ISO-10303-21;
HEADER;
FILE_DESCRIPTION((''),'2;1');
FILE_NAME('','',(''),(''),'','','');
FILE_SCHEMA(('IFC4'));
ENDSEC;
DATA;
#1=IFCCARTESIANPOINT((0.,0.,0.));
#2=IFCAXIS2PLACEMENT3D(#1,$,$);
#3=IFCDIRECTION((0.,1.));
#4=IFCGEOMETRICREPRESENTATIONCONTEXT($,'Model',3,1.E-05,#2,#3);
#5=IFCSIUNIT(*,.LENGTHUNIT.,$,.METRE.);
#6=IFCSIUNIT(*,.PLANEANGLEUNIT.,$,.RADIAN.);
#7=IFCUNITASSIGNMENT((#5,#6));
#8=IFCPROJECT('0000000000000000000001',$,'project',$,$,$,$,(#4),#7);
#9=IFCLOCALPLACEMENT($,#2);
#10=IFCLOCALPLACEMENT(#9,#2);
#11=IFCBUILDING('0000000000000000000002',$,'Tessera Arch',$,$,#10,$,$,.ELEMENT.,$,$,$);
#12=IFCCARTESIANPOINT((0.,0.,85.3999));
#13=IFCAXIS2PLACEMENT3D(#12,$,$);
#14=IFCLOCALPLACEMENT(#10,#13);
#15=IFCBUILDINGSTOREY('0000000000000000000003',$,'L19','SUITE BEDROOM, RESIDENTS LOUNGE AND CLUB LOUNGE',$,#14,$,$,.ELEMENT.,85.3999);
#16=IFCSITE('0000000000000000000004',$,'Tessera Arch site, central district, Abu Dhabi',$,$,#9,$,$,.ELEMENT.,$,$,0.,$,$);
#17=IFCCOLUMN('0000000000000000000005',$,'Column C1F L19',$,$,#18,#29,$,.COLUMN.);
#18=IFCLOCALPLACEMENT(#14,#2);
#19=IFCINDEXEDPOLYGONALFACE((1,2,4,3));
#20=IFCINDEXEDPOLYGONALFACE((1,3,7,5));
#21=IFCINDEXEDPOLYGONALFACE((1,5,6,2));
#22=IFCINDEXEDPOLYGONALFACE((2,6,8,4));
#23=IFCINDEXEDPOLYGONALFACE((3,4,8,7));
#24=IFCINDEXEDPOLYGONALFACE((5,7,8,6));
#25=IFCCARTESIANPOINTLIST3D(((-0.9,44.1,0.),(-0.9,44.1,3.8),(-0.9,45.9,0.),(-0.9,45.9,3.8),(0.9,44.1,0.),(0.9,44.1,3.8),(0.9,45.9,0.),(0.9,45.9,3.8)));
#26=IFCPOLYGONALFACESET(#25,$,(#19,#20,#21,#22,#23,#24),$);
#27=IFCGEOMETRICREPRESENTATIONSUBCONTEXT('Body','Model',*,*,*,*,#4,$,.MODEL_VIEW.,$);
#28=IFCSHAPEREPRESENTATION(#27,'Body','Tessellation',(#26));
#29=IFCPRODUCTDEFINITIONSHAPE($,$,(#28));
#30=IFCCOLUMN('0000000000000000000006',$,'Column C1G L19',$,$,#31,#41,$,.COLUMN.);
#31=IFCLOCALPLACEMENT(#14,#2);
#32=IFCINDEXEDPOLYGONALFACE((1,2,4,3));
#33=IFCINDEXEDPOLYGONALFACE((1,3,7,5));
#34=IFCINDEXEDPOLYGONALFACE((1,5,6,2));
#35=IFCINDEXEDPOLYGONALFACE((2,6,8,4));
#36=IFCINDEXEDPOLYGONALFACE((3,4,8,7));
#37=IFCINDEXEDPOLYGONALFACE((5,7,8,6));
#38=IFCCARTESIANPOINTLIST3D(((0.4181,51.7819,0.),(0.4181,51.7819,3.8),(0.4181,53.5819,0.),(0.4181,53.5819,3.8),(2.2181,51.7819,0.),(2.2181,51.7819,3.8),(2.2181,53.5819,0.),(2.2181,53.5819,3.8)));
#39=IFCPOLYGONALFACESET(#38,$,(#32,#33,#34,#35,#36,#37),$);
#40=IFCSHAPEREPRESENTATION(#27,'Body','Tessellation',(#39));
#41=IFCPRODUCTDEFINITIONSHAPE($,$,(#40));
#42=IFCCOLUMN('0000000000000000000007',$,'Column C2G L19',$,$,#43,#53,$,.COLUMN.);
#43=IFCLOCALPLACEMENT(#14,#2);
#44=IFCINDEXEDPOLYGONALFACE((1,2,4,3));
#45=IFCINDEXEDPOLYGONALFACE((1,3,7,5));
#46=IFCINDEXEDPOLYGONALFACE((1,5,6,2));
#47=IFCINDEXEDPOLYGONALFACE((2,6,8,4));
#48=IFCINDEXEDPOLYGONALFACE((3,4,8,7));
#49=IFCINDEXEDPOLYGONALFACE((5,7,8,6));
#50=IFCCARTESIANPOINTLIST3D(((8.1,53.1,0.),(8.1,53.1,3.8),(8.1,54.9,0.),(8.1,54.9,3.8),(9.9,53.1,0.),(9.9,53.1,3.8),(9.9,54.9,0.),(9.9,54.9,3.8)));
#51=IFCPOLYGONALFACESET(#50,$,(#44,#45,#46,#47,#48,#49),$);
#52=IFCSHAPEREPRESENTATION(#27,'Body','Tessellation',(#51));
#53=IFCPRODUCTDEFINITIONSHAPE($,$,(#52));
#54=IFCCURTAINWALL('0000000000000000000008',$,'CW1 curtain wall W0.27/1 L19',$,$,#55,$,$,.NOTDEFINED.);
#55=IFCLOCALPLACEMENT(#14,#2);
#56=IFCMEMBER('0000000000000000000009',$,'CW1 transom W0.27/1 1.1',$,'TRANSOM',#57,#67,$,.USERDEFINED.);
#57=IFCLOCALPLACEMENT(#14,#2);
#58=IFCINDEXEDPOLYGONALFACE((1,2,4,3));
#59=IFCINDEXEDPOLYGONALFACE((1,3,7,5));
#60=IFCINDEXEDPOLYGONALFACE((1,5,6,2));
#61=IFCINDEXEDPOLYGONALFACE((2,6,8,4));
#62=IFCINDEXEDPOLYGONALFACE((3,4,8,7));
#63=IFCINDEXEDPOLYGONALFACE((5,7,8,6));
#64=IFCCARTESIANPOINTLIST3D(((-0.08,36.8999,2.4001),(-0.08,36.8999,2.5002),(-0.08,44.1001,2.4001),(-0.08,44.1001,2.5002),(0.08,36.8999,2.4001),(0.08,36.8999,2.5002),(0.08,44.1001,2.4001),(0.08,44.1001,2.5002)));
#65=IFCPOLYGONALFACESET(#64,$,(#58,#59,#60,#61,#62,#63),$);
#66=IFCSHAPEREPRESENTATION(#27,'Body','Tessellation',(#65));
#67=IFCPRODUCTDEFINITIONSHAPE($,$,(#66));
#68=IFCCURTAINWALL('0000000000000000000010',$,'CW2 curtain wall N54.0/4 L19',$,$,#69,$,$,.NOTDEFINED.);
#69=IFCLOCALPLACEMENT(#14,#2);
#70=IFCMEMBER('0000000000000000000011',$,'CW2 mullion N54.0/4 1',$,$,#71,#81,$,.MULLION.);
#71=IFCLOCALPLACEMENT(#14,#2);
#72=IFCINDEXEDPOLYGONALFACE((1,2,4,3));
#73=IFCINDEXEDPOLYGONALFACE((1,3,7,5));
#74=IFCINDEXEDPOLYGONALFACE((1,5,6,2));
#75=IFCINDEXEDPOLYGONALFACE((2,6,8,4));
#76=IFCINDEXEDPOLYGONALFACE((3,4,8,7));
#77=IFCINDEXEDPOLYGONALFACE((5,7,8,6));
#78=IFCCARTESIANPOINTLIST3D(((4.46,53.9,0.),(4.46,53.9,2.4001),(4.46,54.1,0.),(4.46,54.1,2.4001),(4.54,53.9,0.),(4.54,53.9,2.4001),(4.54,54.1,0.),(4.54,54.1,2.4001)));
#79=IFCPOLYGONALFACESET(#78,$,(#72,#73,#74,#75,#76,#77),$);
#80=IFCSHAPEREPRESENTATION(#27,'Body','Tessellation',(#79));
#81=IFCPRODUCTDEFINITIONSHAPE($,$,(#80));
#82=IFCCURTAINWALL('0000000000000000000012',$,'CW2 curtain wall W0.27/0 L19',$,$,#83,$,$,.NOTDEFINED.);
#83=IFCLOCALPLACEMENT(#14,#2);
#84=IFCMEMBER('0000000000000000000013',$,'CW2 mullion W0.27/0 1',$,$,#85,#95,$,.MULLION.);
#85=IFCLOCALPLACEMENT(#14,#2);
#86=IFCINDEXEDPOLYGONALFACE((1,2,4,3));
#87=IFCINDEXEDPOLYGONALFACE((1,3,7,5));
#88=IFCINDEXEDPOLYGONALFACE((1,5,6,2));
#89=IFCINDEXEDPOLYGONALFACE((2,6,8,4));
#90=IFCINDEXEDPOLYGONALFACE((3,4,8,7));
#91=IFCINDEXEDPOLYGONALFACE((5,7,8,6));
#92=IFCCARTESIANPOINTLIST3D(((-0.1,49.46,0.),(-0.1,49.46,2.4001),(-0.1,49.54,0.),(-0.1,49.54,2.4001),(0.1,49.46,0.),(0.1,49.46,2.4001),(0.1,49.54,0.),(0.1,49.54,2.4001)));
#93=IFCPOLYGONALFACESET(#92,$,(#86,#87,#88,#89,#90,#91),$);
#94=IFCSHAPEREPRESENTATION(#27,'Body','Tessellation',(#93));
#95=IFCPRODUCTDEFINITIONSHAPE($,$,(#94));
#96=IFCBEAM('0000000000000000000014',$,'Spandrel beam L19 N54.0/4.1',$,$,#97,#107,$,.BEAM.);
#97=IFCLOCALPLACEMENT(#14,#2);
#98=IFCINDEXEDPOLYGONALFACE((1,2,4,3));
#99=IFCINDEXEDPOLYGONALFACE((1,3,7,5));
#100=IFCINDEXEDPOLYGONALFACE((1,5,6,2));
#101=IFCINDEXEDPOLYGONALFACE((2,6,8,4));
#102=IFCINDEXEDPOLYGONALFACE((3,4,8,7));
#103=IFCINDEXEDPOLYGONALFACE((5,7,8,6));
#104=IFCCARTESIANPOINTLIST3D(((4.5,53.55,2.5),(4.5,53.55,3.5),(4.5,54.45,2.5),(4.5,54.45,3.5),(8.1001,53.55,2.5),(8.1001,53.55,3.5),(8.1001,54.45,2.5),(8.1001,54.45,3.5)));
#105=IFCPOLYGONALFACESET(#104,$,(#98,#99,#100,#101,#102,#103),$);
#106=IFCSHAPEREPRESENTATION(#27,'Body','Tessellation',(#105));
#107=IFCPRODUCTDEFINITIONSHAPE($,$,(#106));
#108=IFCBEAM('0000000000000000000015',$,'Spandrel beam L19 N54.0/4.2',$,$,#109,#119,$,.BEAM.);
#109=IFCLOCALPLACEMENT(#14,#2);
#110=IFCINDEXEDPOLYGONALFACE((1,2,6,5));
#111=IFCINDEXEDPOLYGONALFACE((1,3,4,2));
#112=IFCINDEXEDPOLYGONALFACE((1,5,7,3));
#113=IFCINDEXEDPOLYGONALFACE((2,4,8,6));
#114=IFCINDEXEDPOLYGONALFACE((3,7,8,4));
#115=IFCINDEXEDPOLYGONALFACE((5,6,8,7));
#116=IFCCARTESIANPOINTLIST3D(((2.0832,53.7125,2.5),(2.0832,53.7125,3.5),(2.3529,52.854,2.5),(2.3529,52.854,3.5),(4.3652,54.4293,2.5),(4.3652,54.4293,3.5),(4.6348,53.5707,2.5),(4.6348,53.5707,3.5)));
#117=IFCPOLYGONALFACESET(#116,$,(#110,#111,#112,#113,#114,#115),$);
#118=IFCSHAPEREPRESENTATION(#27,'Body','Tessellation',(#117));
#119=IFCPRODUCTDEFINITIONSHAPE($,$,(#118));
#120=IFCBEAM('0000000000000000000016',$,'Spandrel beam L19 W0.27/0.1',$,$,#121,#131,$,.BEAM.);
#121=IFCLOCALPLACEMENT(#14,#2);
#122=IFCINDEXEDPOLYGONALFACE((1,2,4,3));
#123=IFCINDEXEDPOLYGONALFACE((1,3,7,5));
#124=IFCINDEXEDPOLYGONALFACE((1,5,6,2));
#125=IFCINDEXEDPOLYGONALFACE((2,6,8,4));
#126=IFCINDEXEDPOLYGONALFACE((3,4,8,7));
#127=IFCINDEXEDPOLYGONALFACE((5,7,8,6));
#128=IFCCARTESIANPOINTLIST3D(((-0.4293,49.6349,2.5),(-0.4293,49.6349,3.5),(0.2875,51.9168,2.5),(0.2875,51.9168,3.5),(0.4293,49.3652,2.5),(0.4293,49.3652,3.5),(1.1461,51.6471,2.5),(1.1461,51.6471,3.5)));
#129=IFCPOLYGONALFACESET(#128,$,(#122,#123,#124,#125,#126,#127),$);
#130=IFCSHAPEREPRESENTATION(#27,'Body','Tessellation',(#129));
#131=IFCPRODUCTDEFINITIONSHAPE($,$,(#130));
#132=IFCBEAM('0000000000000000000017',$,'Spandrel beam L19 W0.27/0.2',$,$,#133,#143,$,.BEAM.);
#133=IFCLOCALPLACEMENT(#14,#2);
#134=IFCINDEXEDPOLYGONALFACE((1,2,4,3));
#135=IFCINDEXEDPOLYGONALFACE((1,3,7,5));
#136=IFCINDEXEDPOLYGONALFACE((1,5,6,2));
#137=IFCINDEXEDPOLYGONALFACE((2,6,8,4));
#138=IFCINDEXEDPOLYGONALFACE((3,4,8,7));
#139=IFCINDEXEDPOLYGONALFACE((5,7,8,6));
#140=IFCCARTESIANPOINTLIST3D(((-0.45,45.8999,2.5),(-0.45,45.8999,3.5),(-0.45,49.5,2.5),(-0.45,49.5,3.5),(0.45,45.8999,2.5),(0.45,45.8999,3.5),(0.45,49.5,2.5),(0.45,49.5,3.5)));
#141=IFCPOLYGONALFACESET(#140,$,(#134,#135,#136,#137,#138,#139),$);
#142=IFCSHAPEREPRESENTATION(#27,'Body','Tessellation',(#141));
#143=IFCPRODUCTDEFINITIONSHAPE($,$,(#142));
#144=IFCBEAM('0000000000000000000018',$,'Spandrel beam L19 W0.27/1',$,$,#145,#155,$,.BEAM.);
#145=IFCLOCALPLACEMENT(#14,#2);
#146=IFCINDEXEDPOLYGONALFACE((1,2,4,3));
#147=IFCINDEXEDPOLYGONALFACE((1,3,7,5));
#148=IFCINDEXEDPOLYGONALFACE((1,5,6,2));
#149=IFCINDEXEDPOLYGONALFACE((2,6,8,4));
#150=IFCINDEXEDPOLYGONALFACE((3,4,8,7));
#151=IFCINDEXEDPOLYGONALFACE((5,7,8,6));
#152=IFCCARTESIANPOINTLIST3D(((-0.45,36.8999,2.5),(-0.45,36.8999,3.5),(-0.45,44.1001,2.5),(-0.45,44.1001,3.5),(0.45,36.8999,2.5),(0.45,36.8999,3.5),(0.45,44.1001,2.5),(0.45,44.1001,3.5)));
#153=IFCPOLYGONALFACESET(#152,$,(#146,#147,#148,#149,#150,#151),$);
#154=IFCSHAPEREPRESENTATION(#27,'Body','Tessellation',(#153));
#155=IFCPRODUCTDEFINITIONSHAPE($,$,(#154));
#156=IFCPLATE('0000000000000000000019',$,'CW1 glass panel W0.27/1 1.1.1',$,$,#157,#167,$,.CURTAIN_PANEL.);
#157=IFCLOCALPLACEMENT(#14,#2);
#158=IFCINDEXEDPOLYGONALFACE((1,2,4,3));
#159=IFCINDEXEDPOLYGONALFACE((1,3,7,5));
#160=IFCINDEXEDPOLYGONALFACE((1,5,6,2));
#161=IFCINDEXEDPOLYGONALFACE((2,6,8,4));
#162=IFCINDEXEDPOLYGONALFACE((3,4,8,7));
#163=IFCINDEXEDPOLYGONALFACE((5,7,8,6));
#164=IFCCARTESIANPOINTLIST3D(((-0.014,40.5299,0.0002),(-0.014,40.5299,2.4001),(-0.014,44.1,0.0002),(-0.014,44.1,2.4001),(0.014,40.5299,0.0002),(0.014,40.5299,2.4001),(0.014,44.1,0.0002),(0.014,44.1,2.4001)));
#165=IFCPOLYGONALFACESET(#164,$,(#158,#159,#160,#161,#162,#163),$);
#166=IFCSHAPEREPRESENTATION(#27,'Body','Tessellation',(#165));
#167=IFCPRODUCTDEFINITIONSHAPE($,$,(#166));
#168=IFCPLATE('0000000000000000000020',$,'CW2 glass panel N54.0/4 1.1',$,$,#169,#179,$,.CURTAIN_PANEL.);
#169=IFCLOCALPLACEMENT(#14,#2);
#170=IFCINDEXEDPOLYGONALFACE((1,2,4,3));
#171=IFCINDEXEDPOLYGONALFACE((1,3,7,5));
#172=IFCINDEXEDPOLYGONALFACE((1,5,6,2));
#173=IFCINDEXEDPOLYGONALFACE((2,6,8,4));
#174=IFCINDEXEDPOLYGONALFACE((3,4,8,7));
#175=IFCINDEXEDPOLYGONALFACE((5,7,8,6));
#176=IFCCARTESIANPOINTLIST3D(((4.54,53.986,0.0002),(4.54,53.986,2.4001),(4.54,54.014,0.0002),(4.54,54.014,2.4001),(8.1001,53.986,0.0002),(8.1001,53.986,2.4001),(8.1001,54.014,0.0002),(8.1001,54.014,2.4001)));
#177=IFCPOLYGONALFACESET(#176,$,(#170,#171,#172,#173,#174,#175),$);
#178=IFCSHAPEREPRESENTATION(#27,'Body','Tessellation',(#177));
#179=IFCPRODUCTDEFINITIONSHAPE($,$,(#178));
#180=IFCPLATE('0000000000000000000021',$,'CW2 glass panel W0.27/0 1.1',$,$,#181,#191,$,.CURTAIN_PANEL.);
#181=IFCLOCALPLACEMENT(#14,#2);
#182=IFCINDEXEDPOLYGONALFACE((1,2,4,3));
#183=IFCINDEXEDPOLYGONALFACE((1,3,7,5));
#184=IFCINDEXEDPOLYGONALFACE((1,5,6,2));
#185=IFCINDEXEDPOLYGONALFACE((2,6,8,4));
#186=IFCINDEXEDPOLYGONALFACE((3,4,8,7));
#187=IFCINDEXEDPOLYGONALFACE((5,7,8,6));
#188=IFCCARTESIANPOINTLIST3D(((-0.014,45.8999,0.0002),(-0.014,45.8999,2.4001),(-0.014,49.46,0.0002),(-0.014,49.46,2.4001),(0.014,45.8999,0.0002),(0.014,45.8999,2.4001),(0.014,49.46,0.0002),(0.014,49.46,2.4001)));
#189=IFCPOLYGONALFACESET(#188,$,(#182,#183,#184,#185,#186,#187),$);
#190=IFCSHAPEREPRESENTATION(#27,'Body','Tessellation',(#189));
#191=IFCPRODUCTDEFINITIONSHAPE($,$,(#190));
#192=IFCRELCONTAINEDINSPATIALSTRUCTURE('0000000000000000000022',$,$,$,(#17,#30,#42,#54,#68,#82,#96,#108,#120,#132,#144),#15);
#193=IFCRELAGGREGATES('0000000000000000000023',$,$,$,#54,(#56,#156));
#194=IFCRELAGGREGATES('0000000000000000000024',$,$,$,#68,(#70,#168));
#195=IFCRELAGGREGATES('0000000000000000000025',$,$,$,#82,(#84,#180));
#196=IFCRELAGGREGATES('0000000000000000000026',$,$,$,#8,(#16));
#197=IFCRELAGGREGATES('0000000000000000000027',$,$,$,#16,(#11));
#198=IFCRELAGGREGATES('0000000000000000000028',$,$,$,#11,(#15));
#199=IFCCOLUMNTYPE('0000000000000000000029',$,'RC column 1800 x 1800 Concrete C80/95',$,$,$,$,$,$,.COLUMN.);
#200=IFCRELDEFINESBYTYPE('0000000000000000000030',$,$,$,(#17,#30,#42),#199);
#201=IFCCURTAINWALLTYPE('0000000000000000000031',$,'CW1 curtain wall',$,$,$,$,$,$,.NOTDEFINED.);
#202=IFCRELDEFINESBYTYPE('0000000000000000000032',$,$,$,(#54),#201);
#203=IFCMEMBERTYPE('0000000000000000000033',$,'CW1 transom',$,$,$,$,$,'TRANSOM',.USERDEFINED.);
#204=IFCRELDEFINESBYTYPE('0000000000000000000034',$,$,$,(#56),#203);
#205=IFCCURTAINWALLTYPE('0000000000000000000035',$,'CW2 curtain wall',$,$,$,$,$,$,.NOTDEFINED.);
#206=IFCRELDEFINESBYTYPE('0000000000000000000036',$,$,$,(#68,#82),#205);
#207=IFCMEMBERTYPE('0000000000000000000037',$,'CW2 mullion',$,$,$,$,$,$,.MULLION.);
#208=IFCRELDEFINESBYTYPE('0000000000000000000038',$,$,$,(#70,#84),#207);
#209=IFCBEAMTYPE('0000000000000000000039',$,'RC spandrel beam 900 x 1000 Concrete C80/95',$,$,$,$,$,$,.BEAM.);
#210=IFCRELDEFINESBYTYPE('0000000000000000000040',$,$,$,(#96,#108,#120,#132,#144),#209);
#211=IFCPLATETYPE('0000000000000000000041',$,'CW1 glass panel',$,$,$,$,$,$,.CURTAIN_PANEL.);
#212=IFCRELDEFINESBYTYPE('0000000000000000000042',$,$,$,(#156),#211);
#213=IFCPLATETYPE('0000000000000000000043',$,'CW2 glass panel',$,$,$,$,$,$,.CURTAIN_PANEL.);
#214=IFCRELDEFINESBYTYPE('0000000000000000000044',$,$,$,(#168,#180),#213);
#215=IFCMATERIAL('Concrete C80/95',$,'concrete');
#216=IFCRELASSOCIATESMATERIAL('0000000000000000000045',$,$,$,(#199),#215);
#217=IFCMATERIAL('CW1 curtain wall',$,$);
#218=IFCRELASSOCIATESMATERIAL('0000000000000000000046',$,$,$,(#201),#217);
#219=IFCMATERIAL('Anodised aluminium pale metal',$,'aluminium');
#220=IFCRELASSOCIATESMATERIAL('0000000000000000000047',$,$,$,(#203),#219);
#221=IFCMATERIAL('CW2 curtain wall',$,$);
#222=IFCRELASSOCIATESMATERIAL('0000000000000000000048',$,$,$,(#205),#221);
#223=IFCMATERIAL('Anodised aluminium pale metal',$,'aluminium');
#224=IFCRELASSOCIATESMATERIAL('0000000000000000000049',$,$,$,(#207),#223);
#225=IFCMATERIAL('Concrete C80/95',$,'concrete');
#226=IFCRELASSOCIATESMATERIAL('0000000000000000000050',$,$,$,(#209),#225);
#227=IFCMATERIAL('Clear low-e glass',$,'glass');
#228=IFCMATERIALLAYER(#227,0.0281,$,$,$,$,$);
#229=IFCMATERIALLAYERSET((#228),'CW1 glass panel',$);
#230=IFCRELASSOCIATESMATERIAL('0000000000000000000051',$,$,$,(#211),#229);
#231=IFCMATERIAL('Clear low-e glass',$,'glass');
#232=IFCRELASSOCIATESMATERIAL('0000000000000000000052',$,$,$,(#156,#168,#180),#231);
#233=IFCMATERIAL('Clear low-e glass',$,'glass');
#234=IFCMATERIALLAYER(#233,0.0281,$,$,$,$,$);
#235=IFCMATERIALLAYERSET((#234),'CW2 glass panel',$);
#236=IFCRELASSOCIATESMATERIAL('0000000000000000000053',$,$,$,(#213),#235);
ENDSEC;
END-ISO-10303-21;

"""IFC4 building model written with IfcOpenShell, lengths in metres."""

from ifc_helpers import new_model, si_unit, direction, frame, origin, origin_2d, place, context, subcontext, project, spatial, rectangle, extrude, material, layer, layer_set, material_profile, profile_set, type_object, element, aggregate, save


model = new_model("IFC4")

# Units and contexts
model_context = context("Model", 3, precision=1e-05, world=origin(), true_north=direction((0.0, 1.0)))
body_context = subcontext(model_context, "Body", "Model", "MODEL_VIEW")
ifc_project = project(units=[si_unit("LENGTHUNIT", "METRE"), si_unit("PLANEANGLEUNIT", "RADIAN")], contexts=[model_context])

# Site, building, storey
site_placement = place(None, origin())
site = spatial("IfcSite", under=ifc_project, at=site_placement, Name="Tessera Arch site, central district, Abu Dhabi", CompositionType="ELEMENT", RefElevation=0.0)
building_placement = place(site_placement, origin())
building = spatial("IfcBuilding", under=site, at=building_placement, Name="Tessera Arch", CompositionType="ELEMENT")
storey_placement = place(building_placement, frame((0.0, 0.0, 85.3999)))
storey = spatial("IfcBuildingStorey", under=building, at=storey_placement, Name="L19", Description="SUITE BEDROOM, RESIDENTS LOUNGE AND CLUB LOUNGE", CompositionType="ELEMENT", Elevation=85.3999)

# Columns
ifc_material_1 = material(Name="Concrete C80/95", Category="concrete")
ifc_material_profile_1 = material_profile(ifc_material_1, rectangle(XDim=1.8, YDim=1.8, at=origin_2d()), Name="RC column 1800 x 1800 Concrete C80/95")
ifc_profile_set_1 = profile_set([ifc_material_profile_1], Name="Concrete C80/95")
column_type = type_object("IfcColumnType", Name="RC column 1800 x 1800 Concrete C80/95", PredefinedType="COLUMN", material=ifc_profile_set_1)
for number, where, z_axis, x_axis, name in (
    (1, (0.0, 45.0, 0.0), (0.0, 0.0, 1.0), (1.0, 0.0, 0.0), "Column C1F L19"),
    (2, (1.3181, 52.6819, 0.0), (0.0, 0.0, 1.0), (1.0, 0.0, 0.0), "Column C1G L19"),
    (3, (9.0, 54.0, 0.0), (0.0, 0.0, 1.0), (1.0, 0.0, 0.0), "Column C2G L19"),
):
    element("IfcColumn", number, at=place(storey_placement, frame(where, z_axis=z_axis, x_axis=x_axis)), inside=storey, type_object=column_type, Name=name, PredefinedType="COLUMN", context=body_context, shape_type="SweptSolid", body=[
        extrude(rectangle(XDim=1.8, YDim=1.8, at=origin_2d()), origin(), (0.0, 0.0, 1.0), 3.8),
    ])

# Curtain walls, members
ifc_material_2 = material(Name="CW1 curtain wall")
curtain_wall_type_1 = type_object("IfcCurtainWallType", Name="CW1 curtain wall", PredefinedType="NOTDEFINED", material=ifc_material_2)
curtain_wall_1_placement = place(storey_placement, origin())
curtain_wall_1 = element("IfcCurtainWall", 4, at=curtain_wall_1_placement, inside=storey, type_object=curtain_wall_type_1, Name="CW1 curtain wall W0.27/1 L19", PredefinedType="NOTDEFINED")
ifc_material_3 = material(Name="Anodised aluminium pale metal", Category="aluminium")
ifc_material_profile_2 = material_profile(ifc_material_3, rectangle(XDim=0.1599, YDim=0.1001, at=origin_2d()), Name="AL 160x100")
ifc_profile_set_2 = profile_set([ifc_material_profile_2], Name="Anodised aluminium pale metal")
member_type_1 = type_object("IfcMemberType", Name="CW1 transom", ElementType="TRANSOM", PredefinedType="USERDEFINED", material=ifc_profile_set_2)
member_1_placement = place(storey_placement, frame((0.0, 44.1001, 2.4502), z_axis=(0.0, -1.0, 0.0), x_axis=(1.0, 0.0, 0.0)))
member_1 = element("IfcMember", 5, at=member_1_placement, type_object=member_type_1, Name="CW1 transom W0.27/1 1.1", ObjectType="TRANSOM", PredefinedType="USERDEFINED", context=body_context, shape_type="SweptSolid", body=[
    extrude(rectangle(XDim=0.1599, YDim=0.1001, at=origin_2d()), origin(), (0.0, 0.0, 1.0), 7.2002),
])
ifc_material_4 = material(Name="CW2 curtain wall")
curtain_wall_type_2 = type_object("IfcCurtainWallType", Name="CW2 curtain wall", PredefinedType="NOTDEFINED", material=ifc_material_4)
curtain_wall_2_placement = place(storey_placement, origin())
curtain_wall_2 = element("IfcCurtainWall", 6, at=curtain_wall_2_placement, inside=storey, type_object=curtain_wall_type_2, Name="CW2 curtain wall N54.0/4 L19", PredefinedType="NOTDEFINED")
ifc_material_5 = material(Name="Anodised aluminium pale metal", Category="aluminium")
ifc_material_profile_3 = material_profile(ifc_material_5, rectangle(XDim=0.2, YDim=0.0801, at=origin_2d()), Name="AL 80x200")
ifc_profile_set_3 = profile_set([ifc_material_profile_3], Name="Anodised aluminium pale metal")
member_type_2 = type_object("IfcMemberType", Name="CW2 mullion", PredefinedType="MULLION", material=ifc_profile_set_3)
member_2_placement = place(storey_placement, frame((4.5, 54.0, 0.0), z_axis=(0.0, 0.0, 1.0), x_axis=(0.0, -1.0, 0.0)))
member_2 = element("IfcMember", 7, at=member_2_placement, type_object=member_type_2, Name="CW2 mullion N54.0/4 1", PredefinedType="MULLION", context=body_context, shape_type="SweptSolid", body=[
    extrude(rectangle(XDim=0.2, YDim=0.0801, at=origin_2d()), origin(), (0.0, 0.0, 1.0), 2.4001),
])
curtain_wall_3_placement = place(storey_placement, origin())
curtain_wall_3 = element("IfcCurtainWall", 8, at=curtain_wall_3_placement, inside=storey, type_object=curtain_wall_type_2, Name="CW2 curtain wall W0.27/0 L19", PredefinedType="NOTDEFINED")
member_3_placement = place(storey_placement, frame((0.0, 49.5, 0.0), z_axis=(0.0, 0.0, 1.0), x_axis=(1.0, 0.0, 0.0)))
member_3 = element("IfcMember", 9, at=member_3_placement, type_object=member_type_2, Name="CW2 mullion W0.27/0 1", PredefinedType="MULLION", context=body_context, shape_type="SweptSolid", body=[
    extrude(rectangle(XDim=0.2, YDim=0.0801, at=origin_2d()), origin(), (0.0, 0.0, 1.0), 2.4001),
])

# Beams
ifc_material_6 = material(Name="Concrete C80/95", Category="concrete")
ifc_material_profile_4 = material_profile(ifc_material_6, rectangle(XDim=0.8999, YDim=1.0, at=origin_2d()), Name="RC spandrel beam 900 x 1000 Concrete C80/95")
ifc_profile_set_4 = profile_set([ifc_material_profile_4], Name="Concrete C80/95")
beam_type = type_object("IfcBeamType", Name="RC spandrel beam 900 x 1000 Concrete C80/95", PredefinedType="BEAM", material=ifc_profile_set_4)
beam_1_placement = place(storey_placement, frame((8.1001, 54.0, 3.0), z_axis=(-1.0, 0.0, 0.0), x_axis=(0.0, -1.0, 0.0)))
element("IfcBeam", 10, at=beam_1_placement, inside=storey, type_object=beam_type, Name="Spandrel beam L19 N54.0/4.1", PredefinedType="BEAM", context=body_context, shape_type="SweptSolid", body=[
    extrude(rectangle(XDim=0.8999, YDim=1.0, at=origin_2d()), origin(), (0.0, 0.0, 1.0), 3.6001),
])
for number, where, z_axis, x_axis, name in (
    (11, (4.5, 54.0, 3.0), (-0.954041, -0.299675, 0.0), (0.299675, -0.954041, 0.0), "Spandrel beam L19 N54.0/4.2"),
    (12, (0.7168, 51.782, 3.0), (-0.299675, -0.954041, 0.0), (0.954041, -0.299675, 0.0), "Spandrel beam L19 W0.27/0.1"),
):
    element("IfcBeam", number, at=place(storey_placement, frame(where, z_axis=z_axis, x_axis=x_axis)), inside=storey, type_object=beam_type, Name=name, PredefinedType="BEAM", context=body_context, shape_type="SweptSolid", body=[
        extrude(rectangle(XDim=0.8999, YDim=1.0, at=origin_2d()), origin(), (0.0, 0.0, 1.0), 2.3918),
    ])
beam_2_placement = place(storey_placement, frame((0.0, 49.5, 3.0), z_axis=(0.0, -1.0, 0.0), x_axis=(1.0, 0.0, 0.0)))
element("IfcBeam", 13, at=beam_2_placement, inside=storey, type_object=beam_type, Name="Spandrel beam L19 W0.27/0.2", PredefinedType="BEAM", context=body_context, shape_type="SweptSolid", body=[
    extrude(rectangle(XDim=0.8999, YDim=1.0, at=origin_2d()), origin(), (0.0, 0.0, 1.0), 3.6001),
])
beam_3_placement = place(storey_placement, frame((0.0, 44.1001, 3.0), z_axis=(0.0, -1.0, 0.0), x_axis=(1.0, 0.0, 0.0)))
element("IfcBeam", 14, at=beam_3_placement, inside=storey, type_object=beam_type, Name="Spandrel beam L19 W0.27/1", PredefinedType="BEAM", context=body_context, shape_type="SweptSolid", body=[
    extrude(rectangle(XDim=0.8999, YDim=1.0, at=origin_2d()), origin(), (0.0, 0.0, 1.0), 7.2002),
])

# Plates
ifc_material_7 = material(Name="Clear low-e glass", Category="glass")
ifc_material_8 = material(Name="Clear low-e glass", Category="glass")
ifc_layer_1 = layer(ifc_material_8, 0.0281)
ifc_layer_set_1 = layer_set([ifc_layer_1], Name="CW1 glass panel")
plate_type_1 = type_object("IfcPlateType", Name="CW1 glass panel", PredefinedType="CURTAIN_PANEL", material=ifc_layer_set_1)
plate_1_placement = place(storey_placement, frame((0.0, 42.3149, 0.0002), z_axis=(0.0, 0.0, 1.0), x_axis=(0.0, -1.0, 0.0)))
plate_1 = element("IfcPlate", 15, at=plate_1_placement, type_object=plate_type_1, material=ifc_material_7, Name="CW1 glass panel W0.27/1 1.1.1", PredefinedType="CURTAIN_PANEL", context=body_context, shape_type="SweptSolid", body=[
    extrude(rectangle(XDim=3.5701, YDim=0.0281, at=origin_2d()), origin(), (0.0, 0.0, 1.0), 2.3999),
])
aggregate(curtain_wall_1, [member_1, plate_1])
ifc_material_9 = material(Name="Clear low-e glass", Category="glass")
ifc_layer_2 = layer(ifc_material_9, 0.0281)
ifc_layer_set_2 = layer_set([ifc_layer_2], Name="CW2 glass panel")
plate_type_2 = type_object("IfcPlateType", Name="CW2 glass panel", PredefinedType="CURTAIN_PANEL", material=ifc_layer_set_2)
plate_2_placement = place(storey_placement, frame((6.3201, 54.0, 0.0002), z_axis=(0.0, 0.0, 1.0), x_axis=(-1.0, 0.0, 0.0)))
plate_2 = element("IfcPlate", 16, at=plate_2_placement, type_object=plate_type_2, material=ifc_material_7, Name="CW2 glass panel N54.0/4 1.1", PredefinedType="CURTAIN_PANEL", context=body_context, shape_type="SweptSolid", body=[
    extrude(rectangle(XDim=3.5601, YDim=0.0281, at=origin_2d()), origin(), (0.0, 0.0, 1.0), 2.3999),
])
aggregate(curtain_wall_2, [member_2, plate_2])
plate_3_placement = place(storey_placement, frame((0.0, 47.6799, 0.0002), z_axis=(0.0, 0.0, 1.0), x_axis=(0.0, -1.0, 0.0)))
plate_3 = element("IfcPlate", 17, at=plate_3_placement, type_object=plate_type_2, material=ifc_material_7, Name="CW2 glass panel W0.27/0 1.1", PredefinedType="CURTAIN_PANEL", context=body_context, shape_type="SweptSolid", body=[
    extrude(rectangle(XDim=3.5601, YDim=0.0281, at=origin_2d()), origin(), (0.0, 0.0, 1.0), 2.3999),
])
aggregate(curtain_wall_3, [member_3, plate_3])

save(model, "model.ifc")
